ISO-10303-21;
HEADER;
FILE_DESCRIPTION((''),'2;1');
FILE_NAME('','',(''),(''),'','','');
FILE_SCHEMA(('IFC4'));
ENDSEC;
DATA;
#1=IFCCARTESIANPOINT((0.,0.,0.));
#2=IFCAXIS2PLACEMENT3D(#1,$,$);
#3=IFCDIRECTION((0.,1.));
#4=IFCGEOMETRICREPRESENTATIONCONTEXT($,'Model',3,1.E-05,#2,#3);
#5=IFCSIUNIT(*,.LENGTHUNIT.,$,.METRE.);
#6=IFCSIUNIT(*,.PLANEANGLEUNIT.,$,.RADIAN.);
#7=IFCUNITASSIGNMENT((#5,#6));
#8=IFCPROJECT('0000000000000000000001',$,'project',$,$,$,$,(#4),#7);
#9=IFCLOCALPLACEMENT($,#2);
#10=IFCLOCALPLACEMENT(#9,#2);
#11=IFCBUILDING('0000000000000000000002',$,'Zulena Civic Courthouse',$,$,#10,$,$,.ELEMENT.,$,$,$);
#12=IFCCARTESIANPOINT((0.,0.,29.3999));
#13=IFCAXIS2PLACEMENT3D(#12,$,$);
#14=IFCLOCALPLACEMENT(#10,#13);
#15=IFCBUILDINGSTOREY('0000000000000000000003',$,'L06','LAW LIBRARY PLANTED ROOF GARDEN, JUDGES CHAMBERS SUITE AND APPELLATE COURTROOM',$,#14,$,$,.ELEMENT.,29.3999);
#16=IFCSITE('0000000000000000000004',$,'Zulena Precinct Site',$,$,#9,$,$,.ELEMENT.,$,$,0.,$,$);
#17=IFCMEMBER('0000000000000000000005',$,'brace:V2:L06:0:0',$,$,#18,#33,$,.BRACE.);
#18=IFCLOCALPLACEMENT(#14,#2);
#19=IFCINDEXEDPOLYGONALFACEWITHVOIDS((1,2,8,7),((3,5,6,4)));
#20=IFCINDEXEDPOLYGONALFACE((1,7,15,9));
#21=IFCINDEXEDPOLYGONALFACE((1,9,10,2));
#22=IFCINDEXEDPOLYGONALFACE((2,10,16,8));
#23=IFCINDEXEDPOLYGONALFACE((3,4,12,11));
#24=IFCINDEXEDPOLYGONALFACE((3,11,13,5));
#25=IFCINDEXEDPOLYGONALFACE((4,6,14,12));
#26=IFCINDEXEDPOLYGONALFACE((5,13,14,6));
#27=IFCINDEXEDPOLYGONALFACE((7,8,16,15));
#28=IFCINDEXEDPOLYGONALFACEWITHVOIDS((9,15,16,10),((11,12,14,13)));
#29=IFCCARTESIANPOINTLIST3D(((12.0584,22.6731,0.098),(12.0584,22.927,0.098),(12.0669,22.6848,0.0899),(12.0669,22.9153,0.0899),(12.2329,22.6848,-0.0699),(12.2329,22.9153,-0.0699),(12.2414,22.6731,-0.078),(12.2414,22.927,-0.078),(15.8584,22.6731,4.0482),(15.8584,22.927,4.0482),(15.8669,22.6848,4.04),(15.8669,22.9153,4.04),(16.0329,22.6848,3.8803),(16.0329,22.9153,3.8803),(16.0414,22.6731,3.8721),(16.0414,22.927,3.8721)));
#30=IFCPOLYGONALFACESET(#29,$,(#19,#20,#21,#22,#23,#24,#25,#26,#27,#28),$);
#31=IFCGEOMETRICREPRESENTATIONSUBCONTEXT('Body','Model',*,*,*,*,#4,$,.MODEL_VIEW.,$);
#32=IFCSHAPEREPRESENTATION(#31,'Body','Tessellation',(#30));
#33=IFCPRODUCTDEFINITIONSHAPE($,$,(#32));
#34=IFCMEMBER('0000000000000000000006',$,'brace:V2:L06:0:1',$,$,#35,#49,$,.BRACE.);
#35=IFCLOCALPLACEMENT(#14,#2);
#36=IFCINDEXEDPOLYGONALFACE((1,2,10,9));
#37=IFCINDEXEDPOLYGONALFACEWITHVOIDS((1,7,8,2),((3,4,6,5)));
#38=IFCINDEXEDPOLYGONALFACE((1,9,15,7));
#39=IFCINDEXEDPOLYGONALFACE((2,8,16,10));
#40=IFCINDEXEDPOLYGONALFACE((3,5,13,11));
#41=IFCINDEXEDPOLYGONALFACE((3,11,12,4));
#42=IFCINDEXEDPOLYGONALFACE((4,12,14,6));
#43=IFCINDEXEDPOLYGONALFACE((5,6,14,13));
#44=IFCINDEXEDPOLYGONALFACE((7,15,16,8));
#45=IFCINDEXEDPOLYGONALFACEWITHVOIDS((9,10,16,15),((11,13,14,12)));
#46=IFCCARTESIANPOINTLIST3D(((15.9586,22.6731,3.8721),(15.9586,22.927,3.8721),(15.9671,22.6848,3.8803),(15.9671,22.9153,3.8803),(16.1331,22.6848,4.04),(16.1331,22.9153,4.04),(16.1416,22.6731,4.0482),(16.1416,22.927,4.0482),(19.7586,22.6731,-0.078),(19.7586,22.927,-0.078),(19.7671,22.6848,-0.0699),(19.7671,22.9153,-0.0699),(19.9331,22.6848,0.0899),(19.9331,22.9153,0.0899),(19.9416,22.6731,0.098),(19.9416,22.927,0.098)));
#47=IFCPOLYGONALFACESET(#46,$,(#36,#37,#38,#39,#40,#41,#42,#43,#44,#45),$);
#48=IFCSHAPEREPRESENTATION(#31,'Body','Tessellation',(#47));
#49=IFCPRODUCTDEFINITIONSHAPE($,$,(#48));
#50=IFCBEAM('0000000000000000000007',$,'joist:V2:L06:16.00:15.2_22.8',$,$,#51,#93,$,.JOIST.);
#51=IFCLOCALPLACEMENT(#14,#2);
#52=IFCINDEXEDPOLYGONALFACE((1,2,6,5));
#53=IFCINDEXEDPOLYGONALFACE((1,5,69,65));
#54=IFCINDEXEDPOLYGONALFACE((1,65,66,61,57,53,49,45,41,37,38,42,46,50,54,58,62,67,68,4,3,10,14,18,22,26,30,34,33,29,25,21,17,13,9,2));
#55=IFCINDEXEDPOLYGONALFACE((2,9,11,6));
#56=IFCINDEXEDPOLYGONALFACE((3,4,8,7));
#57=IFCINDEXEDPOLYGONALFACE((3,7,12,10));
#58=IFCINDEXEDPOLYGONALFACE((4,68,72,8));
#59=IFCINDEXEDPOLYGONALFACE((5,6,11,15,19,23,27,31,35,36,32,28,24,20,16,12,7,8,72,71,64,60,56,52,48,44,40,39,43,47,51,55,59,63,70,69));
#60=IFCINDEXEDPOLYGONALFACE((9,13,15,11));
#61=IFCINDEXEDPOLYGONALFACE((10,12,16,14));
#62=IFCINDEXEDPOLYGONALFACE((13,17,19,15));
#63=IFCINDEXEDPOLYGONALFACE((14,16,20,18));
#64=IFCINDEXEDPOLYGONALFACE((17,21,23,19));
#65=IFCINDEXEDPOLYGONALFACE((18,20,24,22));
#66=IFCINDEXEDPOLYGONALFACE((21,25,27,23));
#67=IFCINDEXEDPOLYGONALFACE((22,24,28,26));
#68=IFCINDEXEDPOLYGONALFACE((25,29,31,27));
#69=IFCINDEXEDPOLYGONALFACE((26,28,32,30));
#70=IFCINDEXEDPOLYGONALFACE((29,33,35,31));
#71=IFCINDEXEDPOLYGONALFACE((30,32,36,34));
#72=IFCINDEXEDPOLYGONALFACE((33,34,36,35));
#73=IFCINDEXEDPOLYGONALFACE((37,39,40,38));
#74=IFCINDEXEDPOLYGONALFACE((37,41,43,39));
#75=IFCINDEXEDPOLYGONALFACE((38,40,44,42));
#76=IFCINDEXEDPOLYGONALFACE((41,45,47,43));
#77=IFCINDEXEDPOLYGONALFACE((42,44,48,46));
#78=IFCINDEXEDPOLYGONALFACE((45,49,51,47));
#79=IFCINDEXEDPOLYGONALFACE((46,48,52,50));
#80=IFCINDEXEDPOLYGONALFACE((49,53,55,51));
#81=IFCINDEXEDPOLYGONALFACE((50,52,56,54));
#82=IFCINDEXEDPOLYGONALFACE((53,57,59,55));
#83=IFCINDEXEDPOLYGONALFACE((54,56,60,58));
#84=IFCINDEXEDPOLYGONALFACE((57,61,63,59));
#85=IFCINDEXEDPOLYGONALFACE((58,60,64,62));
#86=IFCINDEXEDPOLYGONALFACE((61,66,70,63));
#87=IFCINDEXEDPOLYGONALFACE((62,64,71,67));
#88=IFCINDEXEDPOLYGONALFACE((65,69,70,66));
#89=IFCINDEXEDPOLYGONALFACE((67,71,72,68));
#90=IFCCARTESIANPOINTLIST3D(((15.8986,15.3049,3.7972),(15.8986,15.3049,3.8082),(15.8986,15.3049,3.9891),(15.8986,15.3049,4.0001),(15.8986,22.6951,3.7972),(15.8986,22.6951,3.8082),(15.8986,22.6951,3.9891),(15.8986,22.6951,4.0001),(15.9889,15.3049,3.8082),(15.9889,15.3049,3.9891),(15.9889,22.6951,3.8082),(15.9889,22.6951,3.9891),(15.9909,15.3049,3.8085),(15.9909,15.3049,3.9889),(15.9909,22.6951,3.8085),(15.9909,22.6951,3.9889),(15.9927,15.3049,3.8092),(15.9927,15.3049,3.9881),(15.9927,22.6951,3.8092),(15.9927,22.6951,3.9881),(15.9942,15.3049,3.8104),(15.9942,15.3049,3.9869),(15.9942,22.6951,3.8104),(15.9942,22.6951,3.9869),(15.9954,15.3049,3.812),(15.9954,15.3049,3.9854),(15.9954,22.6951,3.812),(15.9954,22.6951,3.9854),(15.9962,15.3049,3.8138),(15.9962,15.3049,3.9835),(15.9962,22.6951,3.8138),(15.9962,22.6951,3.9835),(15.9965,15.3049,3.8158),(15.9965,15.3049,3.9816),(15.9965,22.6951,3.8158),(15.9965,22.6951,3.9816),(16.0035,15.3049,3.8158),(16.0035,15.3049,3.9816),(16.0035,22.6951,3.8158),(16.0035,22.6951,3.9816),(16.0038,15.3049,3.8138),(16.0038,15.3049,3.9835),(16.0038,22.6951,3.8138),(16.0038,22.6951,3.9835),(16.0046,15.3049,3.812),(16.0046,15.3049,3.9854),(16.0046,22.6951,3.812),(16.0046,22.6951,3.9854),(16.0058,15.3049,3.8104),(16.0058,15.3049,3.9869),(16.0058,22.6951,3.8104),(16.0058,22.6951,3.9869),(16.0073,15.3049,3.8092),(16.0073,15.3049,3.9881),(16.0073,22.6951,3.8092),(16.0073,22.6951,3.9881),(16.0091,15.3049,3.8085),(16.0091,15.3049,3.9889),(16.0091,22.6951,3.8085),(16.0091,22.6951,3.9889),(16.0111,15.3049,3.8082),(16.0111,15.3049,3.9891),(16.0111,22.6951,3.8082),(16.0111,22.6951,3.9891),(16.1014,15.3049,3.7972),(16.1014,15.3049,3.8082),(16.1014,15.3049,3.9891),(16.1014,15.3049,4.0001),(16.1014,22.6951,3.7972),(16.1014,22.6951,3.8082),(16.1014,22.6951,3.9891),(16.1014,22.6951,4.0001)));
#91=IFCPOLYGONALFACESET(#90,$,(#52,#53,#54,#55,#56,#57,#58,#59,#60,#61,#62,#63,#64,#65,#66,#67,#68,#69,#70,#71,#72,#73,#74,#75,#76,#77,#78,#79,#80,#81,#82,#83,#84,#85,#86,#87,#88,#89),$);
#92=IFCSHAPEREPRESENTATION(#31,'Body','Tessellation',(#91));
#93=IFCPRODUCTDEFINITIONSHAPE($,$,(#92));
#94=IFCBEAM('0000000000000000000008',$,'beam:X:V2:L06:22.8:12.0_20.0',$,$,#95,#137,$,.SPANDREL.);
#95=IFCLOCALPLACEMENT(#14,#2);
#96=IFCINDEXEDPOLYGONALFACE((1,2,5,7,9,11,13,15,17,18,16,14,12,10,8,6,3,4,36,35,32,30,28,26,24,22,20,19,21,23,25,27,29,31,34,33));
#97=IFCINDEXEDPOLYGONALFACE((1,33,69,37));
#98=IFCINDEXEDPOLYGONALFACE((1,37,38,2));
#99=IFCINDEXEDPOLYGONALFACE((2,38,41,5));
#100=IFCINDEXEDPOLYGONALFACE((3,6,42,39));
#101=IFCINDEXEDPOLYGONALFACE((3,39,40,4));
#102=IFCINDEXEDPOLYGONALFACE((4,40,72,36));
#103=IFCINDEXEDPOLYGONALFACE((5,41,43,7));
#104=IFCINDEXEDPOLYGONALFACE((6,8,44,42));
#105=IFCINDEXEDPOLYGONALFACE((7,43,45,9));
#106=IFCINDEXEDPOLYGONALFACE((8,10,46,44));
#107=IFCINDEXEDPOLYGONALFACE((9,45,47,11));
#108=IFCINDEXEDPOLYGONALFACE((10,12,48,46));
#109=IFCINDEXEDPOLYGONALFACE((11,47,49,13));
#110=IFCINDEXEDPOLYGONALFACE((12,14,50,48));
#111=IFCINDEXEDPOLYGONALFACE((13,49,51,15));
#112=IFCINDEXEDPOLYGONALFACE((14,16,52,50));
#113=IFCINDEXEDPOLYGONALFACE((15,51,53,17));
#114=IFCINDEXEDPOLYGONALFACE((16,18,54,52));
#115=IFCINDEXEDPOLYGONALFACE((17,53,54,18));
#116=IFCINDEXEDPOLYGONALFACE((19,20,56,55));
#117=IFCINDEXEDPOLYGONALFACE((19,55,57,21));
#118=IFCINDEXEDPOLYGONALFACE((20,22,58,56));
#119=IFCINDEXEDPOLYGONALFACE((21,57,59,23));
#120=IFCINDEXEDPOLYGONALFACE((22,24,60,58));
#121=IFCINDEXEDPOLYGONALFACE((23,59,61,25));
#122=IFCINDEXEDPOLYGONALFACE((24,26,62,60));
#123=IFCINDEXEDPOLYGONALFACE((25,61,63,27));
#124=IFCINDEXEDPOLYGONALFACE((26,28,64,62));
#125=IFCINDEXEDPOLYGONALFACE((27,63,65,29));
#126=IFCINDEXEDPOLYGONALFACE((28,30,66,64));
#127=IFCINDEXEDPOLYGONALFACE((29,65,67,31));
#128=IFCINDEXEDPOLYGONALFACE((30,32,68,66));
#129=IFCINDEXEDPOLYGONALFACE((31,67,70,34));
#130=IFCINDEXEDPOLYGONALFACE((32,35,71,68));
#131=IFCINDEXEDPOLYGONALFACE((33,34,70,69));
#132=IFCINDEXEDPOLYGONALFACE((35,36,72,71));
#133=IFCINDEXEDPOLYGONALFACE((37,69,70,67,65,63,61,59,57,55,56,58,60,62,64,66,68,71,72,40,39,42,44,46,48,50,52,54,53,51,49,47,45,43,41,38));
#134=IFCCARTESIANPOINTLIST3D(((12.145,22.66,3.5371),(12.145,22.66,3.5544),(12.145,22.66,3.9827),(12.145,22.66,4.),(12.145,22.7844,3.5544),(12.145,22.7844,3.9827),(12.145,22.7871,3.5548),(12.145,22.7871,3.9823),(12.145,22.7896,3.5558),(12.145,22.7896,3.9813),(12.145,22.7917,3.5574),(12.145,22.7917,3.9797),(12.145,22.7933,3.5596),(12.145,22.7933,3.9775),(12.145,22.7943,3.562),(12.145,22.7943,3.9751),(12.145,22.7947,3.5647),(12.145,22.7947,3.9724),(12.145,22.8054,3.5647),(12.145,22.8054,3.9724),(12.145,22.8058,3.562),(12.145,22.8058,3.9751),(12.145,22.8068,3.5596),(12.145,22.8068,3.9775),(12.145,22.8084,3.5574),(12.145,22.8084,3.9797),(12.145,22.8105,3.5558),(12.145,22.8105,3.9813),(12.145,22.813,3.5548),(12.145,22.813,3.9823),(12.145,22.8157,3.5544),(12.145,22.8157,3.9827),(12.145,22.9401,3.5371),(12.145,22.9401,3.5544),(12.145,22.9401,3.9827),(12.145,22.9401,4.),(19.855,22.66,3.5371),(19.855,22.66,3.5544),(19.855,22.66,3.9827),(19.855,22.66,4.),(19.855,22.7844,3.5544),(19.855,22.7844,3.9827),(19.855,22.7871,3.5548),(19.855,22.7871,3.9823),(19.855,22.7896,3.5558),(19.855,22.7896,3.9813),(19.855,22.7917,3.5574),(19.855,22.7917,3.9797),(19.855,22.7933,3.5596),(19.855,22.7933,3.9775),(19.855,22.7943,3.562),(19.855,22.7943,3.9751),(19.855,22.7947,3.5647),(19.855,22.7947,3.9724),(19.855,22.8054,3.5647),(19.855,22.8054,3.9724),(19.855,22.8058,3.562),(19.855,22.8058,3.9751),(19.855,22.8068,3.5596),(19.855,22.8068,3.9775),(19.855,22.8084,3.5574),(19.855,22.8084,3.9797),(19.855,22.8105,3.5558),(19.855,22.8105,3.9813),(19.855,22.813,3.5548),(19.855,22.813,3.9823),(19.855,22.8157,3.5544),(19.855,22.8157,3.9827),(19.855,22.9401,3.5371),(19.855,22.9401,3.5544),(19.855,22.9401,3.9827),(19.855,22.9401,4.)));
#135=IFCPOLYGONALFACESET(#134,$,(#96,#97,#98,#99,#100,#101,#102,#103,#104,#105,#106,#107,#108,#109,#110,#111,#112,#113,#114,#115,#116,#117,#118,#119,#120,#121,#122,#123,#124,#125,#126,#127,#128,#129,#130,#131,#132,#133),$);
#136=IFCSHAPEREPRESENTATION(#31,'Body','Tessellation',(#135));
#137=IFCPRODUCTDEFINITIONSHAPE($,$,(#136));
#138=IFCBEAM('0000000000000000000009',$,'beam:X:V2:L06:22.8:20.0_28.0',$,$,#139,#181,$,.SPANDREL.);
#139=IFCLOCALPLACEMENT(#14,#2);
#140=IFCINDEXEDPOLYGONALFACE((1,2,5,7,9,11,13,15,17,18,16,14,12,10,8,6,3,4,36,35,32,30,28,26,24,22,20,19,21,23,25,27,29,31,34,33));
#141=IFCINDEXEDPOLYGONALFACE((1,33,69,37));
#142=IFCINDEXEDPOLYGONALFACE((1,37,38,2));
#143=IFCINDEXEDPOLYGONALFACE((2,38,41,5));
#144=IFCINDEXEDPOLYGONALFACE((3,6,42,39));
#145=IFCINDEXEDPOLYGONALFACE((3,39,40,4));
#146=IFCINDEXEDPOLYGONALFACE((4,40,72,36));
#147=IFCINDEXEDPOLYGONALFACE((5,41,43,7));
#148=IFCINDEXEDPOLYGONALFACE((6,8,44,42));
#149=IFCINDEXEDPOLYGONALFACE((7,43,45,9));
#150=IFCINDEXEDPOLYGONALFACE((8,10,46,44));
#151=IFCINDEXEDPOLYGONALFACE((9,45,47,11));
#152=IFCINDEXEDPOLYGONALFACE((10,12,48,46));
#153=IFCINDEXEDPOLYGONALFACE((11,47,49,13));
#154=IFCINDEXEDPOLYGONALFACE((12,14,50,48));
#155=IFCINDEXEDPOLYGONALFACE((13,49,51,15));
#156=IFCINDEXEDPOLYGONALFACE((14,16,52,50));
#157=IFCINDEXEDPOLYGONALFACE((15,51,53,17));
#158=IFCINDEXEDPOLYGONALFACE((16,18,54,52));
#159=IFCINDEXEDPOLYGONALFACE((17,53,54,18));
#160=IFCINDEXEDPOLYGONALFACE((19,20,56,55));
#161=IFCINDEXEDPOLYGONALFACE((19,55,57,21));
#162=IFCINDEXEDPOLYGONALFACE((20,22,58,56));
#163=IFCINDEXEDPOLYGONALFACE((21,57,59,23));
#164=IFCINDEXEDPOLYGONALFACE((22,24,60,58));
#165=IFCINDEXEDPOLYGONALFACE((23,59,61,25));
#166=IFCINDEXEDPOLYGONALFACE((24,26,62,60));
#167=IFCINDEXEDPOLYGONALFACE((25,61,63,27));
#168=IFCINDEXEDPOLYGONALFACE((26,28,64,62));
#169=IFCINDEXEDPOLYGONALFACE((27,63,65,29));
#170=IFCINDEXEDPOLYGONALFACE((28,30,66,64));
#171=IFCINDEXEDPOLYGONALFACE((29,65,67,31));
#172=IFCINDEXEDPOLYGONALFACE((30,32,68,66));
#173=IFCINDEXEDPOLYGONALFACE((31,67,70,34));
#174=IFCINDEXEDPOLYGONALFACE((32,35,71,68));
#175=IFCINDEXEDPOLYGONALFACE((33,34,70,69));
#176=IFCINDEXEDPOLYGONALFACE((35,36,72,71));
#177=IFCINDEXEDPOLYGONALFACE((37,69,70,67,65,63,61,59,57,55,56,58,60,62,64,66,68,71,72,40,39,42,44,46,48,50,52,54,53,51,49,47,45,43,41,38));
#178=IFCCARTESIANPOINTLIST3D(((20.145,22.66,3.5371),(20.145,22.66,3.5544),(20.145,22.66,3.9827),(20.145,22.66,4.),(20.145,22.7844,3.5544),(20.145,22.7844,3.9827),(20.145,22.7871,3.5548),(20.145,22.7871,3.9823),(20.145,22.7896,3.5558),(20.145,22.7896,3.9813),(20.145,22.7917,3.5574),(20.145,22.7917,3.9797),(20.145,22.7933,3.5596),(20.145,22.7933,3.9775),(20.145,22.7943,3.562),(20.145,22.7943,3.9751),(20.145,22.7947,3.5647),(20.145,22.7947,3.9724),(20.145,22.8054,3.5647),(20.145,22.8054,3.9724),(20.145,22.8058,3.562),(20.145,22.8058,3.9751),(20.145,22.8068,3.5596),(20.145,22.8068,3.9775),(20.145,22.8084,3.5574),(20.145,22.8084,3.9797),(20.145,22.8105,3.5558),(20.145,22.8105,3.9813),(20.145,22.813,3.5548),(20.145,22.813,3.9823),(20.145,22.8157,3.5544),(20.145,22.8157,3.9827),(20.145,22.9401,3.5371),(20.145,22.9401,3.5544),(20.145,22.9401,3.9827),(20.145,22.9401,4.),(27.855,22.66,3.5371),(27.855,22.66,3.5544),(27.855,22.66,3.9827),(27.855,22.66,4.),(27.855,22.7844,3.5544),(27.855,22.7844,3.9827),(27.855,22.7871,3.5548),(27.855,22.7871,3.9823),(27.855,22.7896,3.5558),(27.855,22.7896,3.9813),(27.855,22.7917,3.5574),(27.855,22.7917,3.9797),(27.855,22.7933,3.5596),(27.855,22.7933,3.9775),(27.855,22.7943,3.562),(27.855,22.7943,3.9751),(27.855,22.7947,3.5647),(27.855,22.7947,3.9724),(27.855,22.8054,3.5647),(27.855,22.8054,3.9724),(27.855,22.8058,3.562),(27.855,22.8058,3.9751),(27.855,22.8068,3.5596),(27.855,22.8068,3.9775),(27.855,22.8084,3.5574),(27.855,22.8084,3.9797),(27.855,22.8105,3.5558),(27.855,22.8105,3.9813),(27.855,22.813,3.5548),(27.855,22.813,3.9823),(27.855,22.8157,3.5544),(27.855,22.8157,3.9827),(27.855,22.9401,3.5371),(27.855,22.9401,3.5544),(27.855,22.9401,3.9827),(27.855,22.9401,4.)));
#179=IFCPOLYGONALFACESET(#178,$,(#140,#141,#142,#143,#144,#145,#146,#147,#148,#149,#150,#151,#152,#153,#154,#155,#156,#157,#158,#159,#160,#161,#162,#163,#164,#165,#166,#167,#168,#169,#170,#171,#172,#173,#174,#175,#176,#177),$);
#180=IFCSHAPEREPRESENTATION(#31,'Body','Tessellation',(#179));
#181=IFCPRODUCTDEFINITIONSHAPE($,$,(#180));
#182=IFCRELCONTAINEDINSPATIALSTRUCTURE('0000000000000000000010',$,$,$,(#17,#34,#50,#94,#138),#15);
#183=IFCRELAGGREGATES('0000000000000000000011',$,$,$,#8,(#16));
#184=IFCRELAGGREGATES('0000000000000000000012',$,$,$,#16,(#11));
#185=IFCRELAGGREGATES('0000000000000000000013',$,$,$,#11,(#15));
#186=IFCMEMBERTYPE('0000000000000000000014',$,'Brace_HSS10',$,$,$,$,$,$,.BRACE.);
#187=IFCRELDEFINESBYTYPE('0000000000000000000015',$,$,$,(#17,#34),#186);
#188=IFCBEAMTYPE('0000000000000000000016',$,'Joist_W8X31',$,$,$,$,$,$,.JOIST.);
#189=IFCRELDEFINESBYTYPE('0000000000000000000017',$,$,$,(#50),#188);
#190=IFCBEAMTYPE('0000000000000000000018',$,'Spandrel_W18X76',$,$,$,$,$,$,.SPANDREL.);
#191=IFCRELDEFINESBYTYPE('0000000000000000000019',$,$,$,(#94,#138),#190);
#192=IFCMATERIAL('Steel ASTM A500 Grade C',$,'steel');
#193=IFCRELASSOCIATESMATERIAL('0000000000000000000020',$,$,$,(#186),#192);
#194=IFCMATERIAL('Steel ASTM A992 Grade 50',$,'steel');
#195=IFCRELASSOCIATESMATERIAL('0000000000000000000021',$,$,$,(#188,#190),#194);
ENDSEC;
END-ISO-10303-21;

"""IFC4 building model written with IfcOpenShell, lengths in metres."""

from ifc_helpers import new_model, si_unit, direction, frame, origin, origin_2d, place, context, subcontext, project, spatial, hollow_rectangle, i_section, extrude, material, material_profile, profile_set, type_object, element, save


model = new_model("IFC4")

# Units and contexts
model_context = context("Model", 3, precision=1e-05, world=origin(), true_north=direction((0.0, 1.0)))
body_context = subcontext(model_context, "Body", "Model", "MODEL_VIEW")
ifc_project = project(units=[si_unit("LENGTHUNIT", "METRE"), si_unit("PLANEANGLEUNIT", "RADIAN")], contexts=[model_context])

# Site, building, storey
site_placement = place(None, origin())
site = spatial("IfcSite", under=ifc_project, at=site_placement, Name="Zulena Precinct Site", CompositionType="ELEMENT", RefElevation=0.0)
building_placement = place(site_placement, origin())
building = spatial("IfcBuilding", under=site, at=building_placement, Name="Zulena Civic Courthouse", CompositionType="ELEMENT")
storey_placement = place(building_placement, frame((0.0, 0.0, 29.3999)))
storey = spatial("IfcBuildingStorey", under=building, at=storey_placement, Name="L06", Description="LAW LIBRARY PLANTED ROOF GARDEN, JUDGES CHAMBERS SUITE AND APPELLATE COURTROOM", CompositionType="ELEMENT", Elevation=29.3999)

# Shared definitions
ifc_material_1 = material(Name="Steel ASTM A992 Grade 50", Category="steel")

# Members
ifc_material_2 = material(Name="Steel ASTM A500 Grade C", Category="steel")
ifc_material_profile_1 = material_profile(ifc_material_2, hollow_rectangle(XDim=0.2539, YDim=0.2539, WallThickness=0.0117, at=origin_2d()), Name="HSS10X10X1/2")
ifc_profile_set_1 = profile_set([ifc_material_profile_1], Name="Steel ASTM A500 Grade C")
member_type = type_object("IfcMemberType", Name="Brace_HSS10", PredefinedType="BRACE", material=ifc_profile_set_1)
for number, where, z_axis, x_axis, name in (
    (1, (12.1499, 22.8, 0.01), (0.693278, 0.0, 0.72067), (0.0, 1.0, 0.0), "brace:V2:L06:0:0"),
    (2, (19.8501, 22.8, 0.01), (-0.693278, 0.0, 0.72067), (0.0, -1.0, 0.0), "brace:V2:L06:0:1"),
):
    element("IfcMember", number, at=place(storey_placement, frame(where, z_axis=z_axis, x_axis=x_axis)), inside=storey, type_object=member_type, Name=name, PredefinedType="BRACE", context=body_context, shape_type="SweptSolid", body=[
        extrude(hollow_rectangle(XDim=0.2539, YDim=0.2539, WallThickness=0.0117, at=origin_2d()), origin(), (0.0, 0.0, 1.0), 5.4812),
    ])

# Beams
ifc_material_profile_2 = material_profile(ifc_material_1, i_section(OverallWidth=0.2029, OverallDepth=0.2029, WebThickness=0.0071, FlangeThickness=0.011, FilletRadius=0.0076, at=origin_2d()), Name="W8X31")
ifc_profile_set_2 = profile_set([ifc_material_profile_2], Name="Steel ASTM A992 Grade 50")
beam_type_1 = type_object("IfcBeamType", Name="Joist_W8X31", PredefinedType="JOIST", material=ifc_profile_set_2)
beam_placement = place(storey_placement, frame((16.0, 15.3049, 3.8987), z_axis=(0.0, 1.0, 0.0), x_axis=(-1.0, 0.0, 0.0)))
element("IfcBeam", 3, at=beam_placement, inside=storey, type_object=beam_type_1, Name="joist:V2:L06:16.00:15.2_22.8", PredefinedType="JOIST", context=body_context, shape_type="SweptSolid", body=[
    extrude(i_section(OverallWidth=0.2029, OverallDepth=0.2029, WebThickness=0.0071, FlangeThickness=0.011, FilletRadius=0.0076, at=origin_2d()), origin(), (0.0, 0.0, 1.0), 7.3901),
])
ifc_material_profile_3 = material_profile(ifc_material_1, i_section(OverallWidth=0.28, OverallDepth=0.4629, WebThickness=0.0107, FlangeThickness=0.0173, FilletRadius=0.0103, at=origin_2d()), Name="W18X76")
ifc_profile_set_3 = profile_set([ifc_material_profile_3], Name="Steel ASTM A992 Grade 50")
beam_type_2 = type_object("IfcBeamType", Name="Spandrel_W18X76", PredefinedType="SPANDREL", material=ifc_profile_set_3)
for number, where, z_axis, x_axis, name in (
    (4, (12.145, 22.8, 3.7686), (1.0, 0.0, 0.0), (0.0, 1.0, 0.0), "beam:X:V2:L06:22.8:12.0_20.0"),
    (5, (20.145, 22.8, 3.7686), (1.0, 0.0, 0.0), (0.0, 1.0, 0.0), "beam:X:V2:L06:22.8:20.0_28.0"),
):
    element("IfcBeam", number, at=place(storey_placement, frame(where, z_axis=z_axis, x_axis=x_axis)), inside=storey, type_object=beam_type_2, Name=name, PredefinedType="SPANDREL", context=body_context, shape_type="SweptSolid", body=[
        extrude(i_section(OverallWidth=0.28, OverallDepth=0.4629, WebThickness=0.0107, FlangeThickness=0.0173, FilletRadius=0.0103, at=origin_2d()), origin(), (0.0, 0.0, 1.0), 7.71),
    ])

save(model, "model.ifc")
